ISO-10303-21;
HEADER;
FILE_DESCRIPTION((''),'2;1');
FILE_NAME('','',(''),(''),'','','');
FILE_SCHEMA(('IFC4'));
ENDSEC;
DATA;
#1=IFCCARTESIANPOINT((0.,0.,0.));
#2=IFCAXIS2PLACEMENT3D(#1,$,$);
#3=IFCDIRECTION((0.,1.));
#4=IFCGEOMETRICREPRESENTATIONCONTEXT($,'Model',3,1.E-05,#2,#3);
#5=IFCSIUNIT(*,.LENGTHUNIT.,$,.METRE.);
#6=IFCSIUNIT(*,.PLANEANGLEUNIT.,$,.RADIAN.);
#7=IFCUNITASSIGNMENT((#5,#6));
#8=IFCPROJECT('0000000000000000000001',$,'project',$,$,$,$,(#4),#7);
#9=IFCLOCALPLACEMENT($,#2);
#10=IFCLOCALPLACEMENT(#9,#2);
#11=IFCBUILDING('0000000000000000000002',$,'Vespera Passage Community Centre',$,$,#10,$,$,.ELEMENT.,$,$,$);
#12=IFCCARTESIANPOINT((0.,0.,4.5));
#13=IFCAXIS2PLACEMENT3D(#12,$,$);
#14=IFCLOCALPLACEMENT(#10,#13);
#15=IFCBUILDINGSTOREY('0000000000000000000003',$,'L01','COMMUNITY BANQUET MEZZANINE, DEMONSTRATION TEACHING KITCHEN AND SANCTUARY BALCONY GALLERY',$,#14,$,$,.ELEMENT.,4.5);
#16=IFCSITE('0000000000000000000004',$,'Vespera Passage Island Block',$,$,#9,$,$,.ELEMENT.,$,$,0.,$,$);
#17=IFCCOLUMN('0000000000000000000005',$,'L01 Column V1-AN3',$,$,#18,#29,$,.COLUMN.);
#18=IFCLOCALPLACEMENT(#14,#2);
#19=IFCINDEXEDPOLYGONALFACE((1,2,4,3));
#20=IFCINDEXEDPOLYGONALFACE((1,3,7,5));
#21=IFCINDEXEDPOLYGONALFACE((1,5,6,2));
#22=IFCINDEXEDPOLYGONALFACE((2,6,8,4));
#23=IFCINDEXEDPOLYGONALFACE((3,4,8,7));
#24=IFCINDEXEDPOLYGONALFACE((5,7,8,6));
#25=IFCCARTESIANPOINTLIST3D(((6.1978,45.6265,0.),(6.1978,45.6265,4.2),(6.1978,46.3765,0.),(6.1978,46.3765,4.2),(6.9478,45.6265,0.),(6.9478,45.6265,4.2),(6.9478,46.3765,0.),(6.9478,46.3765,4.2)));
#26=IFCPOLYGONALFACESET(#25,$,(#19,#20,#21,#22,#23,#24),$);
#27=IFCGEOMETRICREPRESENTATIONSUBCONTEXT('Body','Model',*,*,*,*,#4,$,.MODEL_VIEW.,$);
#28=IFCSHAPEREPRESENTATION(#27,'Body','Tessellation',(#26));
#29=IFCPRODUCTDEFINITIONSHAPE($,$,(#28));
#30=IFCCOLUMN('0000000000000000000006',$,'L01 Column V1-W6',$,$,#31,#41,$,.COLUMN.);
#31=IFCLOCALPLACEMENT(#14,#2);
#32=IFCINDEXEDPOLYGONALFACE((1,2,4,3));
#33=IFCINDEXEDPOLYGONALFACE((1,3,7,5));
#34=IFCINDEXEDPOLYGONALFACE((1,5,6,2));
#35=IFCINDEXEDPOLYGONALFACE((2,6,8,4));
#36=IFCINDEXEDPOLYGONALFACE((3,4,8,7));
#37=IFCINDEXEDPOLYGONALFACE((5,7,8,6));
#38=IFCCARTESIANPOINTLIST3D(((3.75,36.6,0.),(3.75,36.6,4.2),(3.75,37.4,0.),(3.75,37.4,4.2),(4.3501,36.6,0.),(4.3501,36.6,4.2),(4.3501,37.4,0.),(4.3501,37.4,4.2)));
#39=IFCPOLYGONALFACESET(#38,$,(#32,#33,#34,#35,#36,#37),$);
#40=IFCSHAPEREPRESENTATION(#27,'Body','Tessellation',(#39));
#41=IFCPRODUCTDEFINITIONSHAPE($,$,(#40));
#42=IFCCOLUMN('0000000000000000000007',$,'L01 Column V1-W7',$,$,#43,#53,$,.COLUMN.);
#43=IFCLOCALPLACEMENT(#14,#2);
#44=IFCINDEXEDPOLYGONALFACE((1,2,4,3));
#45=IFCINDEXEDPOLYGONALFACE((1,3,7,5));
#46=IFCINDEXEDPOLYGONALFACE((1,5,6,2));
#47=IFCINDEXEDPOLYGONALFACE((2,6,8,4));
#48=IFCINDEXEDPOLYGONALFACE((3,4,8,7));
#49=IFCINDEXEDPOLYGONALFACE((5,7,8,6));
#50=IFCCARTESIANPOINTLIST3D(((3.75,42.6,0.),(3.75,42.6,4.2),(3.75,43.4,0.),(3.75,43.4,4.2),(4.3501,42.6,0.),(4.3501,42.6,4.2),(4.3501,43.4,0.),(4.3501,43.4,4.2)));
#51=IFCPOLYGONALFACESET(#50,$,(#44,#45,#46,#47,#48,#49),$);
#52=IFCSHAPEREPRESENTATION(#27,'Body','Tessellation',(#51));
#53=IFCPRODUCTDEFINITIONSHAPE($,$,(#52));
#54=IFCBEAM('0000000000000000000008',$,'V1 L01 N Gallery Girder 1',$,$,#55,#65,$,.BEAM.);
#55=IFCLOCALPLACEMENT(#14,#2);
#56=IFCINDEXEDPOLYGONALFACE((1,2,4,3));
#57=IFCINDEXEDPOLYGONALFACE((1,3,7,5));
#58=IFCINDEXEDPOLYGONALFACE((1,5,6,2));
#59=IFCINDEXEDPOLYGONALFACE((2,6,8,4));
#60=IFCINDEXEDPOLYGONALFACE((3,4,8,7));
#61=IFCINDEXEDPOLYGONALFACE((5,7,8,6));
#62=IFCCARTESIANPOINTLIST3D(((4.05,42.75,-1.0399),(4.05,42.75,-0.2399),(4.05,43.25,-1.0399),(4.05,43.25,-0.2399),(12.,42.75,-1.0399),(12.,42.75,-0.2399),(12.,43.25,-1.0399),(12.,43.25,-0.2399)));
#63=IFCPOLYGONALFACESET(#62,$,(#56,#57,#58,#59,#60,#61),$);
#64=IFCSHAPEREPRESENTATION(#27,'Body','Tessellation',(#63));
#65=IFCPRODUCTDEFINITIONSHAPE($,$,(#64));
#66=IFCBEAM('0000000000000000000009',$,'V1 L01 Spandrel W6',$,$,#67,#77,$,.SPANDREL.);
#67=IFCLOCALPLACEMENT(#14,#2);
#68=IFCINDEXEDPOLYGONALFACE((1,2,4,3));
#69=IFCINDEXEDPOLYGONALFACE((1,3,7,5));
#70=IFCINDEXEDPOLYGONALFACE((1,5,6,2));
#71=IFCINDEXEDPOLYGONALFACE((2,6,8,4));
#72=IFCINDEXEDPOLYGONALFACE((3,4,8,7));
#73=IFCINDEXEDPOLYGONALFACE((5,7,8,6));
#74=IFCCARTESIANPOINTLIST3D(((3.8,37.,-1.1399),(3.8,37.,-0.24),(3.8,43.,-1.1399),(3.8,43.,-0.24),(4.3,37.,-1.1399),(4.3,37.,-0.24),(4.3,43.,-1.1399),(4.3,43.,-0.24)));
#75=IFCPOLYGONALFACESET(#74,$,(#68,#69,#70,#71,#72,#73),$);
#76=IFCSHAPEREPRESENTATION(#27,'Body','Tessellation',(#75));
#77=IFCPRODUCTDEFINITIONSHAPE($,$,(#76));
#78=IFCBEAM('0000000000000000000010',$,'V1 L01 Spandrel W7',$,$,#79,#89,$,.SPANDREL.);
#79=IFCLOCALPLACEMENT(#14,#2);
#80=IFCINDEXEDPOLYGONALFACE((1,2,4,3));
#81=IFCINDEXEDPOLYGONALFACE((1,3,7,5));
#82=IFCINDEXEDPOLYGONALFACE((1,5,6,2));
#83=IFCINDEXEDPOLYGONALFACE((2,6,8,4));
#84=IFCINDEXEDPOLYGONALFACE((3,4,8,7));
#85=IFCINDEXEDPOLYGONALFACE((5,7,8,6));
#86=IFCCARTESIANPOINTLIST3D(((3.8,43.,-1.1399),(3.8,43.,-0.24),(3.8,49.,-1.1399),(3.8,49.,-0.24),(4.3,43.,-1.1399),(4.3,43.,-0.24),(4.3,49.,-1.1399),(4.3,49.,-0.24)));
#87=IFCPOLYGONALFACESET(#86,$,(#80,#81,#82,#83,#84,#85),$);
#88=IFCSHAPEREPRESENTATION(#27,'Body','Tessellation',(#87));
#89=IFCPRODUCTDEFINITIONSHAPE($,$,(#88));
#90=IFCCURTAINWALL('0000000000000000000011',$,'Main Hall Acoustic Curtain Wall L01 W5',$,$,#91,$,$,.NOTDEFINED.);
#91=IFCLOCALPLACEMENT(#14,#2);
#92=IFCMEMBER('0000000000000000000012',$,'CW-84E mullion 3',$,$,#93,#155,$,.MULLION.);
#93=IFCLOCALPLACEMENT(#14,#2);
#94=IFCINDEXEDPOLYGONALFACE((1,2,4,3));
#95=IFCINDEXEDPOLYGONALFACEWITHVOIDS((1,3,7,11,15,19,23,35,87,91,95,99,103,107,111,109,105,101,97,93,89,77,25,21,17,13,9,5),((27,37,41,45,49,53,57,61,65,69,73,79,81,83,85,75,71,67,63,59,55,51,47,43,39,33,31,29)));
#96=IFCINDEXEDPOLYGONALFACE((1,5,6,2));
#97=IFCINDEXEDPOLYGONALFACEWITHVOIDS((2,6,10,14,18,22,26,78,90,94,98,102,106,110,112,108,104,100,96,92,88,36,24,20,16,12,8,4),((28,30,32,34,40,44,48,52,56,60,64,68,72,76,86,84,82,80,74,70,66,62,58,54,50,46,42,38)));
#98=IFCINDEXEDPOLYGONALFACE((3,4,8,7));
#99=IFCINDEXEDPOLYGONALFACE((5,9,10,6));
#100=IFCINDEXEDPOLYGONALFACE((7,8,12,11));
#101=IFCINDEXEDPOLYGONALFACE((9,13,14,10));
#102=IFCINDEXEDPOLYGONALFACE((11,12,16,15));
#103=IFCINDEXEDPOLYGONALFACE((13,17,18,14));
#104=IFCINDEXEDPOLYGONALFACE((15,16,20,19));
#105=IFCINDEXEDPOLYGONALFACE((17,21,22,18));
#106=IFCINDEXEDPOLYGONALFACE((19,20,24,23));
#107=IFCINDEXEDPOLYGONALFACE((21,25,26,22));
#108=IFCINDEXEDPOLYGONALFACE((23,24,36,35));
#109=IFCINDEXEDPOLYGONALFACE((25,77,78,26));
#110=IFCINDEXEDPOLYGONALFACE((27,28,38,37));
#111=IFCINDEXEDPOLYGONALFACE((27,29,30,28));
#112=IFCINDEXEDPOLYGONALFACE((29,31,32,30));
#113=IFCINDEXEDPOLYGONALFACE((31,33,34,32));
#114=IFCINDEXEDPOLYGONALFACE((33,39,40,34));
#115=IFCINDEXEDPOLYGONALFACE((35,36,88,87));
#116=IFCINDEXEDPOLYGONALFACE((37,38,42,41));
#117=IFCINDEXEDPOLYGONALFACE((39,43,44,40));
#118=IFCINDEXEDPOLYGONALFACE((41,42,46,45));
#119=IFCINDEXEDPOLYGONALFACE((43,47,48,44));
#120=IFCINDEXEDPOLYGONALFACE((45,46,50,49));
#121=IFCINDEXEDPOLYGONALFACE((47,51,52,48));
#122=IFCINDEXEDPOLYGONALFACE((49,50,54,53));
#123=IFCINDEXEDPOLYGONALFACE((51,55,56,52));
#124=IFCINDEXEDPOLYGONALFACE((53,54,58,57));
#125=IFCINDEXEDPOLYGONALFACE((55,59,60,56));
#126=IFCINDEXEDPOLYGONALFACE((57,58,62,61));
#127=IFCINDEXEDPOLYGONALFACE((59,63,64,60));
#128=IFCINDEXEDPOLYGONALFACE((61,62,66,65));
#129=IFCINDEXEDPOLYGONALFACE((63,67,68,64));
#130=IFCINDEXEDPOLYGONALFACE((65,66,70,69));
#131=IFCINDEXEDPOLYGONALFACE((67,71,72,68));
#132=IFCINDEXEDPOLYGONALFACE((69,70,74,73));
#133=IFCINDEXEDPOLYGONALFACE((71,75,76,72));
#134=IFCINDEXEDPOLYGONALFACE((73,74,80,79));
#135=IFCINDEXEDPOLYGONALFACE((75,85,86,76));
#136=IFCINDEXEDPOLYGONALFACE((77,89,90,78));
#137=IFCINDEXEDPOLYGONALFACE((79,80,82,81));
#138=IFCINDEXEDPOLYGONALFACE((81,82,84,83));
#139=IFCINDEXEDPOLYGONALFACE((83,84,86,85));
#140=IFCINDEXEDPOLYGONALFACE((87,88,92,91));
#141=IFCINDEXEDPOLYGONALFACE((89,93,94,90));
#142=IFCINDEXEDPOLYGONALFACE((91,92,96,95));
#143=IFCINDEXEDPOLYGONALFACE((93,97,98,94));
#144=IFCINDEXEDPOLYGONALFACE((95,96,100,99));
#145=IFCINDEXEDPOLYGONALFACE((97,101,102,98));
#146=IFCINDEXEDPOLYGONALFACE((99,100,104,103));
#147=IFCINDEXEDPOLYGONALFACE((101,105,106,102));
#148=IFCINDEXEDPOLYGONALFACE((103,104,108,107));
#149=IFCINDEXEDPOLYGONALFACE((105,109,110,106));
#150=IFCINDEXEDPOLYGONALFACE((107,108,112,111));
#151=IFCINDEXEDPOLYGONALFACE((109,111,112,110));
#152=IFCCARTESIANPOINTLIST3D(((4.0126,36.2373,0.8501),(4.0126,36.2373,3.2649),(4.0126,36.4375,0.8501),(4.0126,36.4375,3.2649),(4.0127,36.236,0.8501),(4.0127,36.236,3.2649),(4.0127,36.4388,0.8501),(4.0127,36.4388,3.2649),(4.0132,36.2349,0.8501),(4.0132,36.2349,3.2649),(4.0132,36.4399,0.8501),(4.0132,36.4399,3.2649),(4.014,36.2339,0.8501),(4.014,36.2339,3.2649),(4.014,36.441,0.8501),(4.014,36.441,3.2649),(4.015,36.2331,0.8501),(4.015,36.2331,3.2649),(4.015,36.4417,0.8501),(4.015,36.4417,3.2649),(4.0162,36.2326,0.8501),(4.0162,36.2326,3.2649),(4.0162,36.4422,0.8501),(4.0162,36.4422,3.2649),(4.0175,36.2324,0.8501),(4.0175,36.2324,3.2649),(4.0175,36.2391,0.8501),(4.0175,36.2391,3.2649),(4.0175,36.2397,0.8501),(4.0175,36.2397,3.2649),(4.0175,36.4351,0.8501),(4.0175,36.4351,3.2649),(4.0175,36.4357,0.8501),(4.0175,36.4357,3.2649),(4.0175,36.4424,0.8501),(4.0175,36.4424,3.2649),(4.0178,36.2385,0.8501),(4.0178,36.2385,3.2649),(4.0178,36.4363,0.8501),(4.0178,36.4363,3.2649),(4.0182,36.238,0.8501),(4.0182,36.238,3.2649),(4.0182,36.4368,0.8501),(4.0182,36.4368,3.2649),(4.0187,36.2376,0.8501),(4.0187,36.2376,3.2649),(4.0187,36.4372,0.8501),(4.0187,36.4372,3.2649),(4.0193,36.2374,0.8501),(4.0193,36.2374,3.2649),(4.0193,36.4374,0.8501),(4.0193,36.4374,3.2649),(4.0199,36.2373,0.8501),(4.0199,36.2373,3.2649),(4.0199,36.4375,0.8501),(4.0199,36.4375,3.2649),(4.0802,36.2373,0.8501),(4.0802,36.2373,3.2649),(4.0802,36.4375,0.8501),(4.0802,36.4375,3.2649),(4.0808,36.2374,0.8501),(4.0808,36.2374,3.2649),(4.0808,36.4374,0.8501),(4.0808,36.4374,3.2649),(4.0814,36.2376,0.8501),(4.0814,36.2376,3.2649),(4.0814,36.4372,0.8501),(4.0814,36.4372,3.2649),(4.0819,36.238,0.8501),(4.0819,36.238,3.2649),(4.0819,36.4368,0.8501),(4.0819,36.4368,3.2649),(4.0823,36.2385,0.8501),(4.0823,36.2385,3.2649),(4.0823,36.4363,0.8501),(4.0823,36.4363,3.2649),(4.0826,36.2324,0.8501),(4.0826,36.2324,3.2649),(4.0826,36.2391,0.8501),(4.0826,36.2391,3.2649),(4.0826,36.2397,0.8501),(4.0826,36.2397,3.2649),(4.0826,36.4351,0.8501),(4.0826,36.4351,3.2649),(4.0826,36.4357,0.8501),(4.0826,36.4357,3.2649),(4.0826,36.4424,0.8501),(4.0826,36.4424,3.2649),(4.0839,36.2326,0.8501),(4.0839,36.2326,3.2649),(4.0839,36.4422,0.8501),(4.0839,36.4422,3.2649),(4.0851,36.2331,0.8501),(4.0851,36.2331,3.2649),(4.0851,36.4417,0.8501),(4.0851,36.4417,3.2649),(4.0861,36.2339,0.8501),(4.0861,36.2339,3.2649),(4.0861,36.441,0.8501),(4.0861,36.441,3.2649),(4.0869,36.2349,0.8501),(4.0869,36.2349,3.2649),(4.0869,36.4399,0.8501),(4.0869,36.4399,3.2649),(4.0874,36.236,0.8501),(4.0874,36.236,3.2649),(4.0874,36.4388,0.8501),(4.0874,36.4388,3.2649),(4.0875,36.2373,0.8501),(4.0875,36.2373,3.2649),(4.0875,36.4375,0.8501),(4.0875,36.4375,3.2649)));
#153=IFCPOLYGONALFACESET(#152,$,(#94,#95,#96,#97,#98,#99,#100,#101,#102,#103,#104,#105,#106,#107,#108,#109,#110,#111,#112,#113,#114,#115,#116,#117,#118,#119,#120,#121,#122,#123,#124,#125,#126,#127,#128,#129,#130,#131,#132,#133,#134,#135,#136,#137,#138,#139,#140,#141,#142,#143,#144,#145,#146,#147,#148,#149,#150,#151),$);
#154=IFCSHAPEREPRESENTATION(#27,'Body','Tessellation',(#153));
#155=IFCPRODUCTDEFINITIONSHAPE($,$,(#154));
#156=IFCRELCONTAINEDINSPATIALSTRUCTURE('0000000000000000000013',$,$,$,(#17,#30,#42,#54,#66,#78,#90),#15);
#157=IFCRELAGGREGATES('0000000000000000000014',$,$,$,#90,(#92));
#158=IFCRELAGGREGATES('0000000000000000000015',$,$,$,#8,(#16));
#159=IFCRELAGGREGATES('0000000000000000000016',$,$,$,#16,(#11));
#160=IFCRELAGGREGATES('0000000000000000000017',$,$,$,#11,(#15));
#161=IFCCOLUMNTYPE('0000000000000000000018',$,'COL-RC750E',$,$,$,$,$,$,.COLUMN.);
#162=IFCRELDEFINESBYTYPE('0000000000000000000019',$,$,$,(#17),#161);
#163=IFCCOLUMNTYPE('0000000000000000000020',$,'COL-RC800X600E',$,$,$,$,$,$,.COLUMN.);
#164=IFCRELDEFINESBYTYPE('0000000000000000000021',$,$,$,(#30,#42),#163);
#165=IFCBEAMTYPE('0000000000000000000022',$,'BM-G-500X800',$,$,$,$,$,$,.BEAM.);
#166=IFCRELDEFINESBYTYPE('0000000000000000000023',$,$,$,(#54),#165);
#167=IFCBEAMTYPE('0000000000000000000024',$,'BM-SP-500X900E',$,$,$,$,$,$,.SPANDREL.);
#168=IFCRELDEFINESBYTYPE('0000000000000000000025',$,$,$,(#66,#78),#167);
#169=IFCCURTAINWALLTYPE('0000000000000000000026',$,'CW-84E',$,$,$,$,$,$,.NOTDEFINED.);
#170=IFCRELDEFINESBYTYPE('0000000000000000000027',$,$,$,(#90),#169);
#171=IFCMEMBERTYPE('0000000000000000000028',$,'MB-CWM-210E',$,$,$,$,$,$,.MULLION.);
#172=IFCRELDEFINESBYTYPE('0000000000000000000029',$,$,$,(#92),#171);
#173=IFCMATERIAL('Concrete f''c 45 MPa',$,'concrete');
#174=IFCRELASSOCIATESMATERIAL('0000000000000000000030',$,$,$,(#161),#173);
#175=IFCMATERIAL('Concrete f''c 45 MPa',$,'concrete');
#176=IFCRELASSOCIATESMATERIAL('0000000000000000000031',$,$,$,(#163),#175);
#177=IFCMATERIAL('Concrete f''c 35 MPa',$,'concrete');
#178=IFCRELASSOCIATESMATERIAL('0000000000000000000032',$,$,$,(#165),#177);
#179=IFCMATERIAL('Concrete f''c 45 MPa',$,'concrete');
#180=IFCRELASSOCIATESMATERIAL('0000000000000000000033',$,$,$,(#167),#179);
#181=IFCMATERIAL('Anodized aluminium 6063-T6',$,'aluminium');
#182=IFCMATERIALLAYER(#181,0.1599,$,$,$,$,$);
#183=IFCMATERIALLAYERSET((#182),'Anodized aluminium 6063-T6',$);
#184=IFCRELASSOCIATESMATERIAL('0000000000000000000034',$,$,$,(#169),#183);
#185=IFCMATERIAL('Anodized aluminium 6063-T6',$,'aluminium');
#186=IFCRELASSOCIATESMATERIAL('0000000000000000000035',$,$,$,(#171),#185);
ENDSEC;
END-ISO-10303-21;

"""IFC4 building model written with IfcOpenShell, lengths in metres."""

from ifc_helpers import new_model, si_unit, direction, frame, origin, origin_2d, place, context, subcontext, project, spatial, rectangle, hollow_rectangle, extrude, material, layer, layer_set, material_profile, profile_set, type_object, element, aggregate, save


model = new_model("IFC4")

# Units and contexts
model_context = context("Model", 3, precision=1e-05, world=origin(), true_north=direction((0.0, 1.0)))
body_context = subcontext(model_context, "Body", "Model", "MODEL_VIEW")
ifc_project = project(units=[si_unit("LENGTHUNIT", "METRE"), si_unit("PLANEANGLEUNIT", "RADIAN")], contexts=[model_context])

# Site, building, storey
site_placement = place(None, origin())
site = spatial("IfcSite", under=ifc_project, at=site_placement, Name="Vespera Passage Island Block", CompositionType="ELEMENT", RefElevation=0.0)
building_placement = place(site_placement, origin())
building = spatial("IfcBuilding", under=site, at=building_placement, Name="Vespera Passage Community Centre", CompositionType="ELEMENT")
storey_placement = place(building_placement, frame((0.0, 0.0, 4.5)))
storey = spatial("IfcBuildingStorey", under=building, at=storey_placement, Name="L01", Description="COMMUNITY BANQUET MEZZANINE, DEMONSTRATION TEACHING KITCHEN AND SANCTUARY BALCONY GALLERY", CompositionType="ELEMENT", Elevation=4.5)

# Columns
ifc_material_1 = material(Name="Concrete f'c 45 MPa", Category="concrete")
ifc_material_profile_1 = material_profile(ifc_material_1, rectangle(XDim=0.75, YDim=0.75, at=origin_2d()), Name="RC750X750")
ifc_profile_set_1 = profile_set([ifc_material_profile_1], Name="Concrete f'c 45 MPa")
column_type_1 = type_object("IfcColumnType", Name="COL-RC750E", PredefinedType="COLUMN", material=ifc_profile_set_1)
column_placement = place(storey_placement, frame((6.5728, 46.0015, 0.0), z_axis=(0.0, 0.0, 1.0), x_axis=(1.0, 0.0, 0.0)))
element("IfcColumn", 1, at=column_placement, inside=storey, type_object=column_type_1, Name="L01 Column V1-AN3", PredefinedType="COLUMN", context=body_context, shape_type="SweptSolid", body=[
    extrude(rectangle(XDim=0.75, YDim=0.75, at=origin_2d()), origin(), (0.0, 0.0, 1.0), 4.2),
])
ifc_material_2 = material(Name="Concrete f'c 45 MPa", Category="concrete")
ifc_material_profile_2 = material_profile(ifc_material_2, rectangle(XDim=0.6001, YDim=0.8, at=origin_2d()), Name="RC800X600")
ifc_profile_set_2 = profile_set([ifc_material_profile_2], Name="Concrete f'c 45 MPa")
column_type_2 = type_object("IfcColumnType", Name="COL-RC800X600E", PredefinedType="COLUMN", material=ifc_profile_set_2)
for number, where, z_axis, x_axis, name in (
    (2, (4.05, 37.0, 0.0), (0.0, 0.0, 1.0), (1.0, 0.0, 0.0), "L01 Column V1-W6"),
    (3, (4.05, 43.0, 0.0), (0.0, 0.0, 1.0), (1.0, 0.0, 0.0), "L01 Column V1-W7"),
):
    element("IfcColumn", number, at=place(storey_placement, frame(where, z_axis=z_axis, x_axis=x_axis)), inside=storey, type_object=column_type_2, Name=name, PredefinedType="COLUMN", context=body_context, shape_type="SweptSolid", body=[
        extrude(rectangle(XDim=0.6001, YDim=0.8, at=origin_2d()), origin(), (0.0, 0.0, 1.0), 4.2),
    ])

# Beams
ifc_material_3 = material(Name="Concrete f'c 35 MPa", Category="concrete")
ifc_material_profile_3 = material_profile(ifc_material_3, rectangle(XDim=0.5, YDim=0.8, at=origin_2d()), Name="RC500X800")
ifc_profile_set_3 = profile_set([ifc_material_profile_3], Name="Concrete f'c 35 MPa")
beam_type_1 = type_object("IfcBeamType", Name="BM-G-500X800", PredefinedType="BEAM", material=ifc_profile_set_3)
beam_placement = place(storey_placement, frame((4.05, 43.0, -0.6399), z_axis=(1.0, 0.0, 0.0), x_axis=(0.0, 1.0, 0.0)))
element("IfcBeam", 4, at=beam_placement, inside=storey, type_object=beam_type_1, Name="V1 L01 N Gallery Girder 1", PredefinedType="BEAM", context=body_context, shape_type="SweptSolid", body=[
    extrude(rectangle(XDim=0.5, YDim=0.8, at=origin_2d()), origin(), (0.0, 0.0, 1.0), 7.95),
])
ifc_material_4 = material(Name="Concrete f'c 45 MPa", Category="concrete")
ifc_material_profile_4 = material_profile(ifc_material_4, rectangle(XDim=0.5, YDim=0.8999, at=origin_2d()), Name="RC500X900")
ifc_profile_set_4 = profile_set([ifc_material_profile_4], Name="Concrete f'c 45 MPa")
beam_type_2 = type_object("IfcBeamType", Name="BM-SP-500X900E", PredefinedType="SPANDREL", material=ifc_profile_set_4)
for number, where, z_axis, x_axis, name in (
    (5, (4.05, 37.0, -0.6899), (0.0, 1.0, 0.0), (-1.0, 0.0, 0.0), "V1 L01 Spandrel W6"),
    (6, (4.05, 43.0, -0.6899), (0.0, 1.0, 0.0), (-1.0, 0.0, 0.0), "V1 L01 Spandrel W7"),
):
    element("IfcBeam", number, at=place(storey_placement, frame(where, z_axis=z_axis, x_axis=x_axis)), inside=storey, type_object=beam_type_2, Name=name, PredefinedType="SPANDREL", context=body_context, shape_type="SweptSolid", body=[
        extrude(rectangle(XDim=0.5, YDim=0.8999, at=origin_2d()), origin(), (0.0, 0.0, 1.0), 6.0),
    ])

# Curtain wall, member
ifc_material_5 = material(Name="Anodized aluminium 6063-T6", Category="aluminium")
ifc_layer_1 = layer(ifc_material_5, 0.1599)
ifc_layer_set_1 = layer_set([ifc_layer_1], Name="Anodized aluminium 6063-T6")
curtain_wall_type = type_object("IfcCurtainWallType", Name="CW-84E", PredefinedType="NOTDEFINED", material=ifc_layer_set_1)
curtain_wall_1_placement = place(storey_placement, origin())
curtain_wall_1 = element("IfcCurtainWall", 7, at=curtain_wall_1_placement, inside=storey, type_object=curtain_wall_type, Name="Main Hall Acoustic Curtain Wall L01 W5", PredefinedType="NOTDEFINED")
ifc_material_6 = material(Name="Anodized aluminium 6063-T6", Category="aluminium")
ifc_material_profile_5 = material_profile(ifc_material_6, hollow_rectangle(XDim=0.075, YDim=0.21, WallThickness=0.0049, InnerFilletRadius=0.0024, OuterFilletRadius=0.0049, at=origin_2d()), Name="ALU210X75X5")
ifc_profile_set_5 = profile_set([ifc_material_profile_5], Name="Anodized aluminium 6063-T6")
member_type_1 = type_object("IfcMemberType", Name="MB-CWM-210E", PredefinedType="MULLION", material=ifc_profile_set_5)
member_1_placement = place(storey_placement, frame((4.05, 36.3374, 0.8501), z_axis=(0.0, 0.0, 1.0), x_axis=(-1.0, 0.0, 0.0)))
member_1 = element("IfcMember", 8, at=member_1_placement, type_object=member_type_1, Name="CW-84E mullion 3", PredefinedType="MULLION", context=body_context, shape_type="SweptSolid", body=[
    extrude(hollow_rectangle(XDim=0.075, YDim=0.21, WallThickness=0.0049, InnerFilletRadius=0.0024, OuterFilletRadius=0.0049, at=origin_2d()), origin(), (0.0, 0.0, 1.0), 2.4148),
])

aggregate(curtain_wall_1, [member_1])

save(model, "model.ifc")
